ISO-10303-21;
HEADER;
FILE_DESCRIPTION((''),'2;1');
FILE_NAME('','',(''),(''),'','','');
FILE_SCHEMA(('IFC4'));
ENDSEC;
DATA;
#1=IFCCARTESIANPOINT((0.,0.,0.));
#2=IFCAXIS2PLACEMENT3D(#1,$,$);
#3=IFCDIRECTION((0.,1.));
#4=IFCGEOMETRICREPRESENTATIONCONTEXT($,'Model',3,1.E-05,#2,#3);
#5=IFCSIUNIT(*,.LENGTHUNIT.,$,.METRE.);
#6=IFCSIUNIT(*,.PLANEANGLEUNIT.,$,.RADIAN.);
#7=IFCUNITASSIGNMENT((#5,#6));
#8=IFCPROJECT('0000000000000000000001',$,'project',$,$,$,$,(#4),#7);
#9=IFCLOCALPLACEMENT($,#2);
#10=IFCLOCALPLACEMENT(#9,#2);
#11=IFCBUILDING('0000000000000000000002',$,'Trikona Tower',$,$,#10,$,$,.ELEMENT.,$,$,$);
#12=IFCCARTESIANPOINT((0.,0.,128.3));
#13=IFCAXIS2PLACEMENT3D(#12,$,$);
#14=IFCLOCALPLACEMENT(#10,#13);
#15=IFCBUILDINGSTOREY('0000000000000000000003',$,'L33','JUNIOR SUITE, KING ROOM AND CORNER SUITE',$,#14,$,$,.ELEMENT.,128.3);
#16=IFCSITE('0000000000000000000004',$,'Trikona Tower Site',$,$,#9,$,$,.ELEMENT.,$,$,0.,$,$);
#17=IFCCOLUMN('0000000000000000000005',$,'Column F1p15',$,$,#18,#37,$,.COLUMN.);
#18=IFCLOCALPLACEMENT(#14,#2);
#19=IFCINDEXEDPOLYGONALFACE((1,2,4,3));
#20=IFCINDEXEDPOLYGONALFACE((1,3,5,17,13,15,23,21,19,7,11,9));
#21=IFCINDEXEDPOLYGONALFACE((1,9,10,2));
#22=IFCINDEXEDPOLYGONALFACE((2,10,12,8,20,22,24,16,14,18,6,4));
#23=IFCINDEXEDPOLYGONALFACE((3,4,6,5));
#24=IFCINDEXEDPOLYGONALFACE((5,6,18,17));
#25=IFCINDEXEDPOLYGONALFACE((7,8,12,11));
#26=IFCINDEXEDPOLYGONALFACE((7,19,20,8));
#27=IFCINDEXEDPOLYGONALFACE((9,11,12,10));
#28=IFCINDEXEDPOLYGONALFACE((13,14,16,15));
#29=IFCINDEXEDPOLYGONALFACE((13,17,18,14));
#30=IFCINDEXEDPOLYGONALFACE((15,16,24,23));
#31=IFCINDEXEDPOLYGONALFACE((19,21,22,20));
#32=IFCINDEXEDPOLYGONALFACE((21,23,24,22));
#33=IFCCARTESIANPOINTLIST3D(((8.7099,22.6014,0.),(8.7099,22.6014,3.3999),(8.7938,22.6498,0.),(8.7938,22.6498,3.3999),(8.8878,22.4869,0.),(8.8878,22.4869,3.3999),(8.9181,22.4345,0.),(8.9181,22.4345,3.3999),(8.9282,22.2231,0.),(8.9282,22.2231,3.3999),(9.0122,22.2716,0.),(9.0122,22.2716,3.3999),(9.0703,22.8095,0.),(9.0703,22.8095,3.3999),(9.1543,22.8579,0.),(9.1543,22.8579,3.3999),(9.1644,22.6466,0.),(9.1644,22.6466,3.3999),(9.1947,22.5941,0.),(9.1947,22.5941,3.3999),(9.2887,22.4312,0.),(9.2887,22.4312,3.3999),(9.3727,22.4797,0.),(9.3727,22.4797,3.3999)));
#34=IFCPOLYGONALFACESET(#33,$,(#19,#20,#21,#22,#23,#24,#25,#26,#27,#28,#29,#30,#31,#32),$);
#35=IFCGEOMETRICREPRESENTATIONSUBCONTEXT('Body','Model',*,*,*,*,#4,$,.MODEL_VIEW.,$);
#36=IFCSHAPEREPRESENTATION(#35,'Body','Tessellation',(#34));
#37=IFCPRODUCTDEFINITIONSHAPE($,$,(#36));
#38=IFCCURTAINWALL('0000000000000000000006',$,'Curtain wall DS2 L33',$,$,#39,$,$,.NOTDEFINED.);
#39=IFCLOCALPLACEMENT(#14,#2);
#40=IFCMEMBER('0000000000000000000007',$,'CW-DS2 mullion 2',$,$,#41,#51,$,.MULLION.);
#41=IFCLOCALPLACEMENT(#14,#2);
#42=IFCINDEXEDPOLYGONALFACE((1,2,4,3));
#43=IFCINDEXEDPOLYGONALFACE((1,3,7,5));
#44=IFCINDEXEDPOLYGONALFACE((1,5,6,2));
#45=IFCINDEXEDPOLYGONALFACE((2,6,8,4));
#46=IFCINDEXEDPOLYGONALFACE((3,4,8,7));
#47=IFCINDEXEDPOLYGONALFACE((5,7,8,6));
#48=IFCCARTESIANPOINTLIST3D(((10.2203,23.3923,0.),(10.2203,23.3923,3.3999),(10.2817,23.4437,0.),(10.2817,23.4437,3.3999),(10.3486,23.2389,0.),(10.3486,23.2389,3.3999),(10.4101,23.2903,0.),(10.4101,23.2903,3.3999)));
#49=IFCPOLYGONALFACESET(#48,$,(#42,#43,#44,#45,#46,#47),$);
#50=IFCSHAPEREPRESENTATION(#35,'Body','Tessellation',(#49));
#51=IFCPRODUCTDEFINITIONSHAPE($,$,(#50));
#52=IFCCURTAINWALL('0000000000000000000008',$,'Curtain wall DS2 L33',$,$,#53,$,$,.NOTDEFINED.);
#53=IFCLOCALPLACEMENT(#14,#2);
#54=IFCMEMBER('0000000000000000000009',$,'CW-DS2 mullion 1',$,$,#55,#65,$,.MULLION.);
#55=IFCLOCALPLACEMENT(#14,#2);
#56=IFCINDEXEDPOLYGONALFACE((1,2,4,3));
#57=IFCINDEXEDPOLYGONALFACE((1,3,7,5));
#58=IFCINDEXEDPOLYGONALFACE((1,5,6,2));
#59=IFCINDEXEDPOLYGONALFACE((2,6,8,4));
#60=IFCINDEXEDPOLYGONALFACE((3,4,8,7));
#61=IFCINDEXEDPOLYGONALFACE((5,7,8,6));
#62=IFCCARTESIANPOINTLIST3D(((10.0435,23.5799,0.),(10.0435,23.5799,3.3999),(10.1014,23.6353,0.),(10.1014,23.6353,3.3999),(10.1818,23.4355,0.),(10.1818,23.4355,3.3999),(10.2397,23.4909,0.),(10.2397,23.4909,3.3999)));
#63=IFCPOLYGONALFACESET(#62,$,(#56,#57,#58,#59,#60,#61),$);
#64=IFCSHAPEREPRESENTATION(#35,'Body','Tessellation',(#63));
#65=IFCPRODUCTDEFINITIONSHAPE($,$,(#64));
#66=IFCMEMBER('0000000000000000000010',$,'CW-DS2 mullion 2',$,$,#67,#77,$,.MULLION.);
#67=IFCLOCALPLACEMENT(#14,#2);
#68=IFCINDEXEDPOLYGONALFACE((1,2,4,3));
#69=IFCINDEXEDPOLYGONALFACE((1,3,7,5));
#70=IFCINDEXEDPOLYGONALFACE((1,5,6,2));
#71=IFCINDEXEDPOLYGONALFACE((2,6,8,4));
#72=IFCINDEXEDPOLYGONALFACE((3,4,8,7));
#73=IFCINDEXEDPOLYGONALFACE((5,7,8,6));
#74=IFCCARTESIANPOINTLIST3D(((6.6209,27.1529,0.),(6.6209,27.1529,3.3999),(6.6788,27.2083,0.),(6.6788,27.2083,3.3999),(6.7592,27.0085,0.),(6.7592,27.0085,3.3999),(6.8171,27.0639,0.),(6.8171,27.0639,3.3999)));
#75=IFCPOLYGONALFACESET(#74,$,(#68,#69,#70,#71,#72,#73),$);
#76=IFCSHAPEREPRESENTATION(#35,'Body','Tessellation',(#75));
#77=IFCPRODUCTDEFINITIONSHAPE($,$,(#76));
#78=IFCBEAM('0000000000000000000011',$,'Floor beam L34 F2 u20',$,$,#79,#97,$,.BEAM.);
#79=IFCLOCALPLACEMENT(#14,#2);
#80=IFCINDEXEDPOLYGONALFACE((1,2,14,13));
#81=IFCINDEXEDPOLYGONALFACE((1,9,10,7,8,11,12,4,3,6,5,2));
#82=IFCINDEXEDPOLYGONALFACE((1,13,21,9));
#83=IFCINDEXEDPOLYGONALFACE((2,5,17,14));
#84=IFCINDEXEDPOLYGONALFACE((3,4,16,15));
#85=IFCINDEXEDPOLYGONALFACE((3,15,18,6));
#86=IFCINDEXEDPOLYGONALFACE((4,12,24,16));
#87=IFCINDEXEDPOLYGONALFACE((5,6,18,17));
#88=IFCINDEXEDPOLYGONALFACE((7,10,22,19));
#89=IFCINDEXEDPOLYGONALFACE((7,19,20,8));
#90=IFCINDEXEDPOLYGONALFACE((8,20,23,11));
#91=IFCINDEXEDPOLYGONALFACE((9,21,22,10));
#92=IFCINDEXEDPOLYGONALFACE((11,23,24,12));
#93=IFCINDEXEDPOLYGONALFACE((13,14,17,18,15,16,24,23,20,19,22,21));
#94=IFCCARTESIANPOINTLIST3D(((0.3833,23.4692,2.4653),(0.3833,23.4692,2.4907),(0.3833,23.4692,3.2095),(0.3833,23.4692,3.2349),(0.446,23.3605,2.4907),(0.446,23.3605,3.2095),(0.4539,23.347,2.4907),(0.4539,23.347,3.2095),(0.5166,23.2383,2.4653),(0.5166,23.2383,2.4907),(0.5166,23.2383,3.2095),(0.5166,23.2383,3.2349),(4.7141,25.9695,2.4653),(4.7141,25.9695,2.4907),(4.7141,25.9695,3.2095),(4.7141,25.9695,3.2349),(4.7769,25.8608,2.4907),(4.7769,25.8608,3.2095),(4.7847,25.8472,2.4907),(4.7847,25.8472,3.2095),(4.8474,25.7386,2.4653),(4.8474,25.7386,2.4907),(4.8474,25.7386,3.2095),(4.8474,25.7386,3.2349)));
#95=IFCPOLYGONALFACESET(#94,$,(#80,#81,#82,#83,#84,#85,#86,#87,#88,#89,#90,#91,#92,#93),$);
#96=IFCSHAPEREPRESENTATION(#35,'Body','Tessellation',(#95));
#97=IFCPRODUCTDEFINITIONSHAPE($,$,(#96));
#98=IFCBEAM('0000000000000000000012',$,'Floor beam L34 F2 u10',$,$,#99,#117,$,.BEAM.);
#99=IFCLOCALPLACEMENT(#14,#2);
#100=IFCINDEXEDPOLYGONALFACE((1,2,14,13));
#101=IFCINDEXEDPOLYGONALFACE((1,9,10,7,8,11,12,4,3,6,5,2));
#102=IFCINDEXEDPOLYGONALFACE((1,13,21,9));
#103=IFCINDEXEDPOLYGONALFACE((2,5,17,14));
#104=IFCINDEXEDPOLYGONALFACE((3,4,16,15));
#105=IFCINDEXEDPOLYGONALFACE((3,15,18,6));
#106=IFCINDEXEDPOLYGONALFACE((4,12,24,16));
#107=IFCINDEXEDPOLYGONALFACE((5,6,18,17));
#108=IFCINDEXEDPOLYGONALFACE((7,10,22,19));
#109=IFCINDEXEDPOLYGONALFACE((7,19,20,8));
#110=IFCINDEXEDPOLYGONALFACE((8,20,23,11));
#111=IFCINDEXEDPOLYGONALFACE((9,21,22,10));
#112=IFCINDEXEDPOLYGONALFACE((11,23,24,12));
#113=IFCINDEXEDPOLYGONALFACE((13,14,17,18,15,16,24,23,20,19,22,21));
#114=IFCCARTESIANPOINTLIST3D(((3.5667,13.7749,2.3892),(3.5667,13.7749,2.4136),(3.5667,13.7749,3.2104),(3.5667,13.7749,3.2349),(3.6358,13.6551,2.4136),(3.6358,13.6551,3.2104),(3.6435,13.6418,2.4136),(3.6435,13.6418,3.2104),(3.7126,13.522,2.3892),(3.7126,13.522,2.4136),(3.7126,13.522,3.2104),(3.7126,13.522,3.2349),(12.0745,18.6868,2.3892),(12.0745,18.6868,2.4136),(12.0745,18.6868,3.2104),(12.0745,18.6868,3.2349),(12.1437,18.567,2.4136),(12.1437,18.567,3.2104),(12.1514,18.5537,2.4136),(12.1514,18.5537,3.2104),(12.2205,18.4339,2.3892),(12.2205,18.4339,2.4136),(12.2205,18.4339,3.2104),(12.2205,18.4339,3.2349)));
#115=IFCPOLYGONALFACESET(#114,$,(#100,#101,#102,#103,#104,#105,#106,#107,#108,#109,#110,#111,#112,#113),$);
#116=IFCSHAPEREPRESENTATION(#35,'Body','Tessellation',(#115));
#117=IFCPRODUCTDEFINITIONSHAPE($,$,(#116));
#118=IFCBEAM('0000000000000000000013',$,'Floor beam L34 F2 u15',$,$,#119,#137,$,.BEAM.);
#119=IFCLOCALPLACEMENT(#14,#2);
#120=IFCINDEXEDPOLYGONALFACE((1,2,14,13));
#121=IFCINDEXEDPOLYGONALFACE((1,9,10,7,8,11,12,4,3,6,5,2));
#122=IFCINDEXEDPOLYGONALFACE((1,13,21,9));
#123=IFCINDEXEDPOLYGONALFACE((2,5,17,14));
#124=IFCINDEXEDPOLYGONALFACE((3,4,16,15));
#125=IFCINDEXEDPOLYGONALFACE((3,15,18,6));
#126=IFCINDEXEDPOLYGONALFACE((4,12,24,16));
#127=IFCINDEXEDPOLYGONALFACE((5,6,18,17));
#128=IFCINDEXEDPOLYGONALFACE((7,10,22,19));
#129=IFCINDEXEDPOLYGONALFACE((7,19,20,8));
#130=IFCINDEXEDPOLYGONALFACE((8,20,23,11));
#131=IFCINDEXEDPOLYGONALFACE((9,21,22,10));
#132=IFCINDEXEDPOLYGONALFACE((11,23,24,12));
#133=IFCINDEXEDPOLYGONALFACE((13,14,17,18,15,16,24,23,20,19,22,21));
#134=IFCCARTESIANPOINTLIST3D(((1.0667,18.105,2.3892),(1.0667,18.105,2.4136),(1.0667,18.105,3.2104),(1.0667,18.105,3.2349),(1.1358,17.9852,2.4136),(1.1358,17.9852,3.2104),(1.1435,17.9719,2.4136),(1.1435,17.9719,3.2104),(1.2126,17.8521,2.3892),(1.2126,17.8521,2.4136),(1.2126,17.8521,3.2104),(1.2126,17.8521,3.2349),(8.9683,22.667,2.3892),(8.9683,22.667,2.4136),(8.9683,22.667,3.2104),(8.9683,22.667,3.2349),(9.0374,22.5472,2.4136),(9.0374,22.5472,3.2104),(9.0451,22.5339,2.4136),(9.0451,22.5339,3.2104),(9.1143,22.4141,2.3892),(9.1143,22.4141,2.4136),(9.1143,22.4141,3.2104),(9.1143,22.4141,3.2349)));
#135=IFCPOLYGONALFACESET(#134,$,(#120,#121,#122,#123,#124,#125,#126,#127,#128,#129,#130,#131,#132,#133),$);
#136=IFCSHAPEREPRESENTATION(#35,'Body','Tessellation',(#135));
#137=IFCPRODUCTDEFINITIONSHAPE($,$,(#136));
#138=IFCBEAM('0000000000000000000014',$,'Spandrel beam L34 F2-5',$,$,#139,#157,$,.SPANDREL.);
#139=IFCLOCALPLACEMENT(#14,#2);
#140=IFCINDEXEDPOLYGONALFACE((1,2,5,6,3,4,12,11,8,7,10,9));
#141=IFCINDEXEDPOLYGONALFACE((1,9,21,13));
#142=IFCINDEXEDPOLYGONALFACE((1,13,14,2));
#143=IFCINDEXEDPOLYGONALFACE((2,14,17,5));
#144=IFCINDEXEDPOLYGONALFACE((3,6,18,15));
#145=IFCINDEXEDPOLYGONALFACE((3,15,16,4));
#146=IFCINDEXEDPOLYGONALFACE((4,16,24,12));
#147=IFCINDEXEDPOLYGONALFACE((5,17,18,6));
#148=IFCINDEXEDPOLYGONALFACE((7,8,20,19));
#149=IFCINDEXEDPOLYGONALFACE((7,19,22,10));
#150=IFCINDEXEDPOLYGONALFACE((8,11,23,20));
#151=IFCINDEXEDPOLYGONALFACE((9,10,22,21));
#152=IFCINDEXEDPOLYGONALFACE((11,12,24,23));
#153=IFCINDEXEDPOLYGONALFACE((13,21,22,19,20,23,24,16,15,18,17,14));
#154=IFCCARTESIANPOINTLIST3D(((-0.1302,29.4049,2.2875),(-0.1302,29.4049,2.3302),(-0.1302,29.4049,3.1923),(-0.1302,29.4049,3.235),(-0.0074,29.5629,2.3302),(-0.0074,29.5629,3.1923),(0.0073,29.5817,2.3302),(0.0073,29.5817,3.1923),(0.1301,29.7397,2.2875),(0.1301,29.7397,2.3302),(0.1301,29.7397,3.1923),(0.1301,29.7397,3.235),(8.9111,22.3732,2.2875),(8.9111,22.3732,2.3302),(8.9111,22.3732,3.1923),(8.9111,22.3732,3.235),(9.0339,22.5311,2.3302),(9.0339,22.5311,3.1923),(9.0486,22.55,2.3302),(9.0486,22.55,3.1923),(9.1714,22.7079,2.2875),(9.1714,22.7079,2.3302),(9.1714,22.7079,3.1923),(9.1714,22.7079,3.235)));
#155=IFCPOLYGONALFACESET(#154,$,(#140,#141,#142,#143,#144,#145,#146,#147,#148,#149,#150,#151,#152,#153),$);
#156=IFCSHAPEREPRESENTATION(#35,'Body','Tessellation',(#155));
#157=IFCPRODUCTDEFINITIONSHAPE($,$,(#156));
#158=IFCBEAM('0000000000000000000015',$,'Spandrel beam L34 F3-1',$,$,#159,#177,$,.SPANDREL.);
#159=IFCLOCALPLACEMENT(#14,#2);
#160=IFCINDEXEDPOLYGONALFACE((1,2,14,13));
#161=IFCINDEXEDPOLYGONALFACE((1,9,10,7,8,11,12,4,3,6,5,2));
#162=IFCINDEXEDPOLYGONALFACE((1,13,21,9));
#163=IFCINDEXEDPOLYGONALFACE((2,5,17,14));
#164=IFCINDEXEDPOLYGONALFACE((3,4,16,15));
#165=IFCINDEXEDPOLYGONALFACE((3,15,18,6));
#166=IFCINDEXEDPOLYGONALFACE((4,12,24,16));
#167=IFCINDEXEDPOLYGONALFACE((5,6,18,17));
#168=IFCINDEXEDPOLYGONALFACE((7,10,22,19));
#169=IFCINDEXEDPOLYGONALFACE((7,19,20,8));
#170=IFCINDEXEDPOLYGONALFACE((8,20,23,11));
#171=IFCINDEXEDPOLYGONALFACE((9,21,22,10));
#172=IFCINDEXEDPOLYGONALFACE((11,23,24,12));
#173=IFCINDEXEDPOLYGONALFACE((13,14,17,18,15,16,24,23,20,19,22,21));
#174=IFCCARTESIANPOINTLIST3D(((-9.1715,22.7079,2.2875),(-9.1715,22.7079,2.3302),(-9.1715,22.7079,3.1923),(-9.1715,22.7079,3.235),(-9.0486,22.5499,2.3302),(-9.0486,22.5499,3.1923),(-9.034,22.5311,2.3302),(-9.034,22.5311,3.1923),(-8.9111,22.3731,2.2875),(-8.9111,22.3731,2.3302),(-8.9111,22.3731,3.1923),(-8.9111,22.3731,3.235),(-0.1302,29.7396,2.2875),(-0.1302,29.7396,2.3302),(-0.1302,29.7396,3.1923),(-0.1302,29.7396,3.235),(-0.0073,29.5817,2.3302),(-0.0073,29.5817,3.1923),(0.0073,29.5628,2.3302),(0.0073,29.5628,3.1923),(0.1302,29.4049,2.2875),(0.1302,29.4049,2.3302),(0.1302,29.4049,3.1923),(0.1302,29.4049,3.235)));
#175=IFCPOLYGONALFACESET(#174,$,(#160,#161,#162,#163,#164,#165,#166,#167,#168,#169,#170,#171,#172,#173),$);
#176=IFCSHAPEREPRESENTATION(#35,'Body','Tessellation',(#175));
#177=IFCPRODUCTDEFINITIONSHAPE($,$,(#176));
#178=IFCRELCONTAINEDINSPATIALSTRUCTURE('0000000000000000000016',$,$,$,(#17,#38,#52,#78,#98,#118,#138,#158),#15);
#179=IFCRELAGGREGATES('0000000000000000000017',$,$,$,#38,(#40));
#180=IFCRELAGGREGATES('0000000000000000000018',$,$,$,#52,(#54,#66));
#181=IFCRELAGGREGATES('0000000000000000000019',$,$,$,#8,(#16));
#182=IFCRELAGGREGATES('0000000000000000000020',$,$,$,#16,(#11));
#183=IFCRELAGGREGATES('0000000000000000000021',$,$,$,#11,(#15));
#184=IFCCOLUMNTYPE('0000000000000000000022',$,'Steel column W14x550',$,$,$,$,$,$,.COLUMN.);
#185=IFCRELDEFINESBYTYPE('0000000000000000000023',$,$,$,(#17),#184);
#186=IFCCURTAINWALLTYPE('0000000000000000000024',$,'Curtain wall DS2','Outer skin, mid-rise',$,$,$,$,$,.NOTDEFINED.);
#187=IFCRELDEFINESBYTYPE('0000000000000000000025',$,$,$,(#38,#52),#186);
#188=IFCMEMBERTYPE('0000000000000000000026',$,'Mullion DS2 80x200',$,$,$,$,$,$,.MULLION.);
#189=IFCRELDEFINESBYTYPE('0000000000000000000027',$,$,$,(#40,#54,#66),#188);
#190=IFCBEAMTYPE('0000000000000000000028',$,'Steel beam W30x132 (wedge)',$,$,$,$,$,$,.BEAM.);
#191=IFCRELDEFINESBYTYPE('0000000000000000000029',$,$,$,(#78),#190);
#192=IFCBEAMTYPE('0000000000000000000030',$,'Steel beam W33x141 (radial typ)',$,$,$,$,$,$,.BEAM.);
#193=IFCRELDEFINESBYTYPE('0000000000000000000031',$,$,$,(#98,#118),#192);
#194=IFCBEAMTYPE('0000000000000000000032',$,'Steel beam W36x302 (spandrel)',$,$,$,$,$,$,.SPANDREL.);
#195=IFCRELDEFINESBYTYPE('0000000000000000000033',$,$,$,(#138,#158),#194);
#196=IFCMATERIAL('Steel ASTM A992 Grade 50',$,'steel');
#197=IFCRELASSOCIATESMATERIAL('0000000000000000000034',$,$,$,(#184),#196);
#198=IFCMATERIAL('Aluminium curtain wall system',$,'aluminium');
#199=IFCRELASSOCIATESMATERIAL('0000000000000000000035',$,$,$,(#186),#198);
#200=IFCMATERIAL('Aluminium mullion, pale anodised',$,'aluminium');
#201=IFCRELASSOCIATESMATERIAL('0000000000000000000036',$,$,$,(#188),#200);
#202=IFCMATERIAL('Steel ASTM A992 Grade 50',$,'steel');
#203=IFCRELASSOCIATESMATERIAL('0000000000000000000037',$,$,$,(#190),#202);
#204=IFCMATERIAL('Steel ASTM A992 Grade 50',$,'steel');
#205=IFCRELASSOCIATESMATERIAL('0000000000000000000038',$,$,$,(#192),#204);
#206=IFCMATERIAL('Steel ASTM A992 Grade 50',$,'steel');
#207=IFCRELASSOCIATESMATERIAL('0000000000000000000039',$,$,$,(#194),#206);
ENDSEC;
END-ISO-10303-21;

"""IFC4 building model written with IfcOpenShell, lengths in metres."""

from ifc_helpers import new_model, si_unit, direction, frame, origin, origin_2d, place, context, subcontext, project, spatial, rectangle, i_section, extrude, material, material_profile, profile_set, type_object, element, aggregate, save


model = new_model("IFC4")

# Units and contexts
model_context = context("Model", 3, precision=1e-05, world=origin(), true_north=direction((0.0, 1.0)))
body_context = subcontext(model_context, "Body", "Model", "MODEL_VIEW")
ifc_project = project(units=[si_unit("LENGTHUNIT", "METRE"), si_unit("PLANEANGLEUNIT", "RADIAN")], contexts=[model_context])

# Site, building, storey
site_placement = place(None, origin())
site = spatial("IfcSite", under=ifc_project, at=site_placement, Name="Trikona Tower Site", CompositionType="ELEMENT", RefElevation=0.0)
building_placement = place(site_placement, origin())
building = spatial("IfcBuilding", under=site, at=building_placement, Name="Trikona Tower", CompositionType="ELEMENT")
storey_placement = place(building_placement, frame((0.0, 0.0, 128.3)))
storey = spatial("IfcBuildingStorey", under=building, at=storey_placement, Name="L33", Description="JUNIOR SUITE, KING ROOM AND CORNER SUITE", CompositionType="ELEMENT", Elevation=128.3)

# Column
ifc_material_1 = material(Name="Steel ASTM A992 Grade 50", Category="steel")
ifc_material_profile_1 = material_profile(ifc_material_1, i_section(OverallWidth=0.4368, OverallDepth=0.5132, WebThickness=0.0605, FlangeThickness=0.0969, at=origin_2d()), Name="W14X550")
ifc_profile_set_1 = profile_set([ifc_material_profile_1], Name="Steel ASTM A992 Grade 50")
column_type = type_object("IfcColumnType", Name="Steel column W14x550", PredefinedType="COLUMN", material=ifc_profile_set_1)
column_placement = place(storey_placement, frame((9.0413, 22.5405, 0.0), z_axis=(0.0, 0.0, 1.0), x_axis=(-0.5, 0.866025, 0.0)))
element("IfcColumn", 1, at=column_placement, inside=storey, type_object=column_type, Name="Column F1p15", PredefinedType="COLUMN", context=body_context, shape_type="SweptSolid", body=[
    extrude(i_section(OverallWidth=0.4368, OverallDepth=0.5132, WebThickness=0.0605, FlangeThickness=0.0969, at=origin_2d()), origin(), (0.0, 0.0, 1.0), 3.3999),
])

# Curtain wall, member
ifc_material_2 = material(Name="Aluminium curtain wall system", Category="aluminium")
curtain_wall_type = type_object("IfcCurtainWallType", Name="Curtain wall DS2", Description="Outer skin, mid-rise", PredefinedType="NOTDEFINED", material=ifc_material_2)
curtain_wall_1_placement = place(storey_placement, origin())
curtain_wall_1 = element("IfcCurtainWall", 2, at=curtain_wall_1_placement, inside=storey, type_object=curtain_wall_type, Name="Curtain wall DS2 L33", PredefinedType="NOTDEFINED")
ifc_material_3 = material(Name="Aluminium mullion, pale anodised", Category="aluminium")
ifc_material_profile_2 = material_profile(ifc_material_3, rectangle(XDim=0.0801, YDim=0.2, at=origin_2d()), Name="MUL-DS2")
ifc_profile_set_2 = profile_set([ifc_material_profile_2], Name="Aluminium mullion, pale anodised")
member_type_1 = type_object("IfcMemberType", Name="Mullion DS2 80x200", PredefinedType="MULLION", material=ifc_profile_set_2)
member_1_placement = place(storey_placement, frame((10.3152, 23.3413, 0.0), z_axis=(0.0, 0.0, 1.0), x_axis=(-0.766867, -0.641806, 0.0)))
member_1 = element("IfcMember", 3, at=member_1_placement, type_object=member_type_1, Name="CW-DS2 mullion 2", PredefinedType="MULLION", context=body_context, shape_type="SweptSolid", body=[
    extrude(rectangle(XDim=0.0801, YDim=0.2, at=origin_2d()), origin(), (0.0, 0.0, 1.0), 3.3999),
])
aggregate(curtain_wall_1, [member_1])

# Curtain wall, members
curtain_wall_2_placement = place(storey_placement, origin())
curtain_wall_2 = element("IfcCurtainWall", 4, at=curtain_wall_2_placement, inside=storey, type_object=curtain_wall_type, Name="Curtain wall DS2 L33", PredefinedType="NOTDEFINED")
member_2_placement = place(storey_placement, frame((10.1416, 23.5354, 0.0), z_axis=(0.0, 0.0, 1.0), x_axis=(-0.722158, -0.691728, 0.0)))
member_2 = element("IfcMember", 5, at=member_2_placement, type_object=member_type_1, Name="CW-DS2 mullion 1", PredefinedType="MULLION", context=body_context, shape_type="SweptSolid", body=[
    extrude(rectangle(XDim=0.0801, YDim=0.2, at=origin_2d()), origin(), (0.0, 0.0, 1.0), 3.3999),
])
member_3_placement = place(storey_placement, frame((6.719, 27.1084, 0.0), z_axis=(0.0, 0.0, 1.0), x_axis=(-0.722158, -0.691728, 0.0)))
member_3 = element("IfcMember", 6, at=member_3_placement, type_object=member_type_1, Name="CW-DS2 mullion 2", PredefinedType="MULLION", context=body_context, shape_type="SweptSolid", body=[
    extrude(rectangle(XDim=0.0801, YDim=0.2, at=origin_2d()), origin(), (0.0, 0.0, 1.0), 3.3999),
])

# Beams
ifc_material_4 = material(Name="Steel ASTM A992 Grade 50", Category="steel")
ifc_material_profile_3 = material_profile(ifc_material_4, i_section(OverallWidth=0.2666, OverallDepth=0.7695, WebThickness=0.0156, FlangeThickness=0.0254, at=origin_2d()), Name="W30X132")
ifc_profile_set_3 = profile_set([ifc_material_profile_3], Name="Steel ASTM A992 Grade 50")
beam_type_1 = type_object("IfcBeamType", Name="Steel beam W30x132 (wedge)", PredefinedType="BEAM", material=ifc_profile_set_3)
beam_1_placement = place(storey_placement, frame((0.45, 23.3538, 2.8501), z_axis=(0.866038, 0.499977, 0.0), x_axis=(-0.499977, 0.866038, 0.0)))
element("IfcBeam", 7, at=beam_1_placement, inside=storey, type_object=beam_type_1, Name="Floor beam L34 F2 u20", PredefinedType="BEAM", context=body_context, shape_type="SweptSolid", body=[
    extrude(i_section(OverallWidth=0.2666, OverallDepth=0.7695, WebThickness=0.0156, FlangeThickness=0.0254, at=origin_2d()), origin(), (0.0, 0.0, 1.0), 5.0007),
])
ifc_material_5 = material(Name="Steel ASTM A992 Grade 50", Category="steel")
ifc_material_profile_4 = material_profile(ifc_material_5, i_section(OverallWidth=0.292, OverallDepth=0.8457, WebThickness=0.0154, FlangeThickness=0.0244, at=origin_2d()), Name="W33X141")
ifc_profile_set_4 = profile_set([ifc_material_profile_4], Name="Steel ASTM A992 Grade 50")
beam_type_2 = type_object("IfcBeamType", Name="Steel beam W33x141 (radial typ)", PredefinedType="BEAM", material=ifc_profile_set_4)
beam_2_placement = place(storey_placement, frame((3.6396, 13.6484, 2.812), z_axis=(0.866031, 0.499991, 0.0), x_axis=(-0.499991, 0.866031, 0.0)))
element("IfcBeam", 8, at=beam_2_placement, inside=storey, type_object=beam_type_2, Name="Floor beam L34 F2 u10", PredefinedType="BEAM", context=body_context, shape_type="SweptSolid", body=[
    extrude(i_section(OverallWidth=0.292, OverallDepth=0.8457, WebThickness=0.0154, FlangeThickness=0.0244, at=origin_2d()), origin(), (0.0, 0.0, 1.0), 9.824),
])
beam_3_placement = place(storey_placement, frame((1.1396, 17.9785, 2.812), z_axis=(0.866025, 0.500001, 0.0), x_axis=(-0.500001, 0.866025, 0.0)))
element("IfcBeam", 9, at=beam_3_placement, inside=storey, type_object=beam_type_2, Name="Floor beam L34 F2 u15", PredefinedType="BEAM", context=body_context, shape_type="SweptSolid", body=[
    extrude(i_section(OverallWidth=0.292, OverallDepth=0.8457, WebThickness=0.0154, FlangeThickness=0.0244, at=origin_2d()), origin(), (0.0, 0.0, 1.0), 9.124),
])
ifc_material_6 = material(Name="Steel ASTM A992 Grade 50", Category="steel")
ifc_material_profile_5 = material_profile(ifc_material_6, i_section(OverallWidth=0.4241, OverallDepth=0.9475, WebThickness=0.0239, FlangeThickness=0.0427, at=origin_2d()), Name="W36X302")
ifc_profile_set_5 = profile_set([ifc_material_profile_5], Name="Steel ASTM A992 Grade 50")
beam_type_3 = type_object("IfcBeamType", Name="Steel beam W36x302 (spandrel)", PredefinedType="SPANDREL", material=ifc_profile_set_5)
for number, where, z_axis, x_axis, name in (
    (10, (9.0413, 22.5405, 2.7612), (-0.789367, 0.613921, 0.0), (-0.613921, -0.789367, 0.0), "Spandrel beam L34 F2-5"),
    (11, (0.0, 29.5723, 2.7612), (-0.789367, -0.613921, 0.0), (0.613921, -0.789367, 0.0), "Spandrel beam L34 F3-1"),
):
    element("IfcBeam", number, at=place(storey_placement, frame(where, z_axis=z_axis, x_axis=x_axis)), inside=storey, type_object=beam_type_3, Name=name, PredefinedType="SPANDREL", context=body_context, shape_type="SweptSolid", body=[
        extrude(i_section(OverallWidth=0.4241, OverallDepth=0.9475, WebThickness=0.0239, FlangeThickness=0.0427, at=origin_2d()), origin(), (0.0, 0.0, 1.0), 11.4539),
    ])

aggregate(curtain_wall_2, [member_2, member_3])

save(model, "model.ifc")
